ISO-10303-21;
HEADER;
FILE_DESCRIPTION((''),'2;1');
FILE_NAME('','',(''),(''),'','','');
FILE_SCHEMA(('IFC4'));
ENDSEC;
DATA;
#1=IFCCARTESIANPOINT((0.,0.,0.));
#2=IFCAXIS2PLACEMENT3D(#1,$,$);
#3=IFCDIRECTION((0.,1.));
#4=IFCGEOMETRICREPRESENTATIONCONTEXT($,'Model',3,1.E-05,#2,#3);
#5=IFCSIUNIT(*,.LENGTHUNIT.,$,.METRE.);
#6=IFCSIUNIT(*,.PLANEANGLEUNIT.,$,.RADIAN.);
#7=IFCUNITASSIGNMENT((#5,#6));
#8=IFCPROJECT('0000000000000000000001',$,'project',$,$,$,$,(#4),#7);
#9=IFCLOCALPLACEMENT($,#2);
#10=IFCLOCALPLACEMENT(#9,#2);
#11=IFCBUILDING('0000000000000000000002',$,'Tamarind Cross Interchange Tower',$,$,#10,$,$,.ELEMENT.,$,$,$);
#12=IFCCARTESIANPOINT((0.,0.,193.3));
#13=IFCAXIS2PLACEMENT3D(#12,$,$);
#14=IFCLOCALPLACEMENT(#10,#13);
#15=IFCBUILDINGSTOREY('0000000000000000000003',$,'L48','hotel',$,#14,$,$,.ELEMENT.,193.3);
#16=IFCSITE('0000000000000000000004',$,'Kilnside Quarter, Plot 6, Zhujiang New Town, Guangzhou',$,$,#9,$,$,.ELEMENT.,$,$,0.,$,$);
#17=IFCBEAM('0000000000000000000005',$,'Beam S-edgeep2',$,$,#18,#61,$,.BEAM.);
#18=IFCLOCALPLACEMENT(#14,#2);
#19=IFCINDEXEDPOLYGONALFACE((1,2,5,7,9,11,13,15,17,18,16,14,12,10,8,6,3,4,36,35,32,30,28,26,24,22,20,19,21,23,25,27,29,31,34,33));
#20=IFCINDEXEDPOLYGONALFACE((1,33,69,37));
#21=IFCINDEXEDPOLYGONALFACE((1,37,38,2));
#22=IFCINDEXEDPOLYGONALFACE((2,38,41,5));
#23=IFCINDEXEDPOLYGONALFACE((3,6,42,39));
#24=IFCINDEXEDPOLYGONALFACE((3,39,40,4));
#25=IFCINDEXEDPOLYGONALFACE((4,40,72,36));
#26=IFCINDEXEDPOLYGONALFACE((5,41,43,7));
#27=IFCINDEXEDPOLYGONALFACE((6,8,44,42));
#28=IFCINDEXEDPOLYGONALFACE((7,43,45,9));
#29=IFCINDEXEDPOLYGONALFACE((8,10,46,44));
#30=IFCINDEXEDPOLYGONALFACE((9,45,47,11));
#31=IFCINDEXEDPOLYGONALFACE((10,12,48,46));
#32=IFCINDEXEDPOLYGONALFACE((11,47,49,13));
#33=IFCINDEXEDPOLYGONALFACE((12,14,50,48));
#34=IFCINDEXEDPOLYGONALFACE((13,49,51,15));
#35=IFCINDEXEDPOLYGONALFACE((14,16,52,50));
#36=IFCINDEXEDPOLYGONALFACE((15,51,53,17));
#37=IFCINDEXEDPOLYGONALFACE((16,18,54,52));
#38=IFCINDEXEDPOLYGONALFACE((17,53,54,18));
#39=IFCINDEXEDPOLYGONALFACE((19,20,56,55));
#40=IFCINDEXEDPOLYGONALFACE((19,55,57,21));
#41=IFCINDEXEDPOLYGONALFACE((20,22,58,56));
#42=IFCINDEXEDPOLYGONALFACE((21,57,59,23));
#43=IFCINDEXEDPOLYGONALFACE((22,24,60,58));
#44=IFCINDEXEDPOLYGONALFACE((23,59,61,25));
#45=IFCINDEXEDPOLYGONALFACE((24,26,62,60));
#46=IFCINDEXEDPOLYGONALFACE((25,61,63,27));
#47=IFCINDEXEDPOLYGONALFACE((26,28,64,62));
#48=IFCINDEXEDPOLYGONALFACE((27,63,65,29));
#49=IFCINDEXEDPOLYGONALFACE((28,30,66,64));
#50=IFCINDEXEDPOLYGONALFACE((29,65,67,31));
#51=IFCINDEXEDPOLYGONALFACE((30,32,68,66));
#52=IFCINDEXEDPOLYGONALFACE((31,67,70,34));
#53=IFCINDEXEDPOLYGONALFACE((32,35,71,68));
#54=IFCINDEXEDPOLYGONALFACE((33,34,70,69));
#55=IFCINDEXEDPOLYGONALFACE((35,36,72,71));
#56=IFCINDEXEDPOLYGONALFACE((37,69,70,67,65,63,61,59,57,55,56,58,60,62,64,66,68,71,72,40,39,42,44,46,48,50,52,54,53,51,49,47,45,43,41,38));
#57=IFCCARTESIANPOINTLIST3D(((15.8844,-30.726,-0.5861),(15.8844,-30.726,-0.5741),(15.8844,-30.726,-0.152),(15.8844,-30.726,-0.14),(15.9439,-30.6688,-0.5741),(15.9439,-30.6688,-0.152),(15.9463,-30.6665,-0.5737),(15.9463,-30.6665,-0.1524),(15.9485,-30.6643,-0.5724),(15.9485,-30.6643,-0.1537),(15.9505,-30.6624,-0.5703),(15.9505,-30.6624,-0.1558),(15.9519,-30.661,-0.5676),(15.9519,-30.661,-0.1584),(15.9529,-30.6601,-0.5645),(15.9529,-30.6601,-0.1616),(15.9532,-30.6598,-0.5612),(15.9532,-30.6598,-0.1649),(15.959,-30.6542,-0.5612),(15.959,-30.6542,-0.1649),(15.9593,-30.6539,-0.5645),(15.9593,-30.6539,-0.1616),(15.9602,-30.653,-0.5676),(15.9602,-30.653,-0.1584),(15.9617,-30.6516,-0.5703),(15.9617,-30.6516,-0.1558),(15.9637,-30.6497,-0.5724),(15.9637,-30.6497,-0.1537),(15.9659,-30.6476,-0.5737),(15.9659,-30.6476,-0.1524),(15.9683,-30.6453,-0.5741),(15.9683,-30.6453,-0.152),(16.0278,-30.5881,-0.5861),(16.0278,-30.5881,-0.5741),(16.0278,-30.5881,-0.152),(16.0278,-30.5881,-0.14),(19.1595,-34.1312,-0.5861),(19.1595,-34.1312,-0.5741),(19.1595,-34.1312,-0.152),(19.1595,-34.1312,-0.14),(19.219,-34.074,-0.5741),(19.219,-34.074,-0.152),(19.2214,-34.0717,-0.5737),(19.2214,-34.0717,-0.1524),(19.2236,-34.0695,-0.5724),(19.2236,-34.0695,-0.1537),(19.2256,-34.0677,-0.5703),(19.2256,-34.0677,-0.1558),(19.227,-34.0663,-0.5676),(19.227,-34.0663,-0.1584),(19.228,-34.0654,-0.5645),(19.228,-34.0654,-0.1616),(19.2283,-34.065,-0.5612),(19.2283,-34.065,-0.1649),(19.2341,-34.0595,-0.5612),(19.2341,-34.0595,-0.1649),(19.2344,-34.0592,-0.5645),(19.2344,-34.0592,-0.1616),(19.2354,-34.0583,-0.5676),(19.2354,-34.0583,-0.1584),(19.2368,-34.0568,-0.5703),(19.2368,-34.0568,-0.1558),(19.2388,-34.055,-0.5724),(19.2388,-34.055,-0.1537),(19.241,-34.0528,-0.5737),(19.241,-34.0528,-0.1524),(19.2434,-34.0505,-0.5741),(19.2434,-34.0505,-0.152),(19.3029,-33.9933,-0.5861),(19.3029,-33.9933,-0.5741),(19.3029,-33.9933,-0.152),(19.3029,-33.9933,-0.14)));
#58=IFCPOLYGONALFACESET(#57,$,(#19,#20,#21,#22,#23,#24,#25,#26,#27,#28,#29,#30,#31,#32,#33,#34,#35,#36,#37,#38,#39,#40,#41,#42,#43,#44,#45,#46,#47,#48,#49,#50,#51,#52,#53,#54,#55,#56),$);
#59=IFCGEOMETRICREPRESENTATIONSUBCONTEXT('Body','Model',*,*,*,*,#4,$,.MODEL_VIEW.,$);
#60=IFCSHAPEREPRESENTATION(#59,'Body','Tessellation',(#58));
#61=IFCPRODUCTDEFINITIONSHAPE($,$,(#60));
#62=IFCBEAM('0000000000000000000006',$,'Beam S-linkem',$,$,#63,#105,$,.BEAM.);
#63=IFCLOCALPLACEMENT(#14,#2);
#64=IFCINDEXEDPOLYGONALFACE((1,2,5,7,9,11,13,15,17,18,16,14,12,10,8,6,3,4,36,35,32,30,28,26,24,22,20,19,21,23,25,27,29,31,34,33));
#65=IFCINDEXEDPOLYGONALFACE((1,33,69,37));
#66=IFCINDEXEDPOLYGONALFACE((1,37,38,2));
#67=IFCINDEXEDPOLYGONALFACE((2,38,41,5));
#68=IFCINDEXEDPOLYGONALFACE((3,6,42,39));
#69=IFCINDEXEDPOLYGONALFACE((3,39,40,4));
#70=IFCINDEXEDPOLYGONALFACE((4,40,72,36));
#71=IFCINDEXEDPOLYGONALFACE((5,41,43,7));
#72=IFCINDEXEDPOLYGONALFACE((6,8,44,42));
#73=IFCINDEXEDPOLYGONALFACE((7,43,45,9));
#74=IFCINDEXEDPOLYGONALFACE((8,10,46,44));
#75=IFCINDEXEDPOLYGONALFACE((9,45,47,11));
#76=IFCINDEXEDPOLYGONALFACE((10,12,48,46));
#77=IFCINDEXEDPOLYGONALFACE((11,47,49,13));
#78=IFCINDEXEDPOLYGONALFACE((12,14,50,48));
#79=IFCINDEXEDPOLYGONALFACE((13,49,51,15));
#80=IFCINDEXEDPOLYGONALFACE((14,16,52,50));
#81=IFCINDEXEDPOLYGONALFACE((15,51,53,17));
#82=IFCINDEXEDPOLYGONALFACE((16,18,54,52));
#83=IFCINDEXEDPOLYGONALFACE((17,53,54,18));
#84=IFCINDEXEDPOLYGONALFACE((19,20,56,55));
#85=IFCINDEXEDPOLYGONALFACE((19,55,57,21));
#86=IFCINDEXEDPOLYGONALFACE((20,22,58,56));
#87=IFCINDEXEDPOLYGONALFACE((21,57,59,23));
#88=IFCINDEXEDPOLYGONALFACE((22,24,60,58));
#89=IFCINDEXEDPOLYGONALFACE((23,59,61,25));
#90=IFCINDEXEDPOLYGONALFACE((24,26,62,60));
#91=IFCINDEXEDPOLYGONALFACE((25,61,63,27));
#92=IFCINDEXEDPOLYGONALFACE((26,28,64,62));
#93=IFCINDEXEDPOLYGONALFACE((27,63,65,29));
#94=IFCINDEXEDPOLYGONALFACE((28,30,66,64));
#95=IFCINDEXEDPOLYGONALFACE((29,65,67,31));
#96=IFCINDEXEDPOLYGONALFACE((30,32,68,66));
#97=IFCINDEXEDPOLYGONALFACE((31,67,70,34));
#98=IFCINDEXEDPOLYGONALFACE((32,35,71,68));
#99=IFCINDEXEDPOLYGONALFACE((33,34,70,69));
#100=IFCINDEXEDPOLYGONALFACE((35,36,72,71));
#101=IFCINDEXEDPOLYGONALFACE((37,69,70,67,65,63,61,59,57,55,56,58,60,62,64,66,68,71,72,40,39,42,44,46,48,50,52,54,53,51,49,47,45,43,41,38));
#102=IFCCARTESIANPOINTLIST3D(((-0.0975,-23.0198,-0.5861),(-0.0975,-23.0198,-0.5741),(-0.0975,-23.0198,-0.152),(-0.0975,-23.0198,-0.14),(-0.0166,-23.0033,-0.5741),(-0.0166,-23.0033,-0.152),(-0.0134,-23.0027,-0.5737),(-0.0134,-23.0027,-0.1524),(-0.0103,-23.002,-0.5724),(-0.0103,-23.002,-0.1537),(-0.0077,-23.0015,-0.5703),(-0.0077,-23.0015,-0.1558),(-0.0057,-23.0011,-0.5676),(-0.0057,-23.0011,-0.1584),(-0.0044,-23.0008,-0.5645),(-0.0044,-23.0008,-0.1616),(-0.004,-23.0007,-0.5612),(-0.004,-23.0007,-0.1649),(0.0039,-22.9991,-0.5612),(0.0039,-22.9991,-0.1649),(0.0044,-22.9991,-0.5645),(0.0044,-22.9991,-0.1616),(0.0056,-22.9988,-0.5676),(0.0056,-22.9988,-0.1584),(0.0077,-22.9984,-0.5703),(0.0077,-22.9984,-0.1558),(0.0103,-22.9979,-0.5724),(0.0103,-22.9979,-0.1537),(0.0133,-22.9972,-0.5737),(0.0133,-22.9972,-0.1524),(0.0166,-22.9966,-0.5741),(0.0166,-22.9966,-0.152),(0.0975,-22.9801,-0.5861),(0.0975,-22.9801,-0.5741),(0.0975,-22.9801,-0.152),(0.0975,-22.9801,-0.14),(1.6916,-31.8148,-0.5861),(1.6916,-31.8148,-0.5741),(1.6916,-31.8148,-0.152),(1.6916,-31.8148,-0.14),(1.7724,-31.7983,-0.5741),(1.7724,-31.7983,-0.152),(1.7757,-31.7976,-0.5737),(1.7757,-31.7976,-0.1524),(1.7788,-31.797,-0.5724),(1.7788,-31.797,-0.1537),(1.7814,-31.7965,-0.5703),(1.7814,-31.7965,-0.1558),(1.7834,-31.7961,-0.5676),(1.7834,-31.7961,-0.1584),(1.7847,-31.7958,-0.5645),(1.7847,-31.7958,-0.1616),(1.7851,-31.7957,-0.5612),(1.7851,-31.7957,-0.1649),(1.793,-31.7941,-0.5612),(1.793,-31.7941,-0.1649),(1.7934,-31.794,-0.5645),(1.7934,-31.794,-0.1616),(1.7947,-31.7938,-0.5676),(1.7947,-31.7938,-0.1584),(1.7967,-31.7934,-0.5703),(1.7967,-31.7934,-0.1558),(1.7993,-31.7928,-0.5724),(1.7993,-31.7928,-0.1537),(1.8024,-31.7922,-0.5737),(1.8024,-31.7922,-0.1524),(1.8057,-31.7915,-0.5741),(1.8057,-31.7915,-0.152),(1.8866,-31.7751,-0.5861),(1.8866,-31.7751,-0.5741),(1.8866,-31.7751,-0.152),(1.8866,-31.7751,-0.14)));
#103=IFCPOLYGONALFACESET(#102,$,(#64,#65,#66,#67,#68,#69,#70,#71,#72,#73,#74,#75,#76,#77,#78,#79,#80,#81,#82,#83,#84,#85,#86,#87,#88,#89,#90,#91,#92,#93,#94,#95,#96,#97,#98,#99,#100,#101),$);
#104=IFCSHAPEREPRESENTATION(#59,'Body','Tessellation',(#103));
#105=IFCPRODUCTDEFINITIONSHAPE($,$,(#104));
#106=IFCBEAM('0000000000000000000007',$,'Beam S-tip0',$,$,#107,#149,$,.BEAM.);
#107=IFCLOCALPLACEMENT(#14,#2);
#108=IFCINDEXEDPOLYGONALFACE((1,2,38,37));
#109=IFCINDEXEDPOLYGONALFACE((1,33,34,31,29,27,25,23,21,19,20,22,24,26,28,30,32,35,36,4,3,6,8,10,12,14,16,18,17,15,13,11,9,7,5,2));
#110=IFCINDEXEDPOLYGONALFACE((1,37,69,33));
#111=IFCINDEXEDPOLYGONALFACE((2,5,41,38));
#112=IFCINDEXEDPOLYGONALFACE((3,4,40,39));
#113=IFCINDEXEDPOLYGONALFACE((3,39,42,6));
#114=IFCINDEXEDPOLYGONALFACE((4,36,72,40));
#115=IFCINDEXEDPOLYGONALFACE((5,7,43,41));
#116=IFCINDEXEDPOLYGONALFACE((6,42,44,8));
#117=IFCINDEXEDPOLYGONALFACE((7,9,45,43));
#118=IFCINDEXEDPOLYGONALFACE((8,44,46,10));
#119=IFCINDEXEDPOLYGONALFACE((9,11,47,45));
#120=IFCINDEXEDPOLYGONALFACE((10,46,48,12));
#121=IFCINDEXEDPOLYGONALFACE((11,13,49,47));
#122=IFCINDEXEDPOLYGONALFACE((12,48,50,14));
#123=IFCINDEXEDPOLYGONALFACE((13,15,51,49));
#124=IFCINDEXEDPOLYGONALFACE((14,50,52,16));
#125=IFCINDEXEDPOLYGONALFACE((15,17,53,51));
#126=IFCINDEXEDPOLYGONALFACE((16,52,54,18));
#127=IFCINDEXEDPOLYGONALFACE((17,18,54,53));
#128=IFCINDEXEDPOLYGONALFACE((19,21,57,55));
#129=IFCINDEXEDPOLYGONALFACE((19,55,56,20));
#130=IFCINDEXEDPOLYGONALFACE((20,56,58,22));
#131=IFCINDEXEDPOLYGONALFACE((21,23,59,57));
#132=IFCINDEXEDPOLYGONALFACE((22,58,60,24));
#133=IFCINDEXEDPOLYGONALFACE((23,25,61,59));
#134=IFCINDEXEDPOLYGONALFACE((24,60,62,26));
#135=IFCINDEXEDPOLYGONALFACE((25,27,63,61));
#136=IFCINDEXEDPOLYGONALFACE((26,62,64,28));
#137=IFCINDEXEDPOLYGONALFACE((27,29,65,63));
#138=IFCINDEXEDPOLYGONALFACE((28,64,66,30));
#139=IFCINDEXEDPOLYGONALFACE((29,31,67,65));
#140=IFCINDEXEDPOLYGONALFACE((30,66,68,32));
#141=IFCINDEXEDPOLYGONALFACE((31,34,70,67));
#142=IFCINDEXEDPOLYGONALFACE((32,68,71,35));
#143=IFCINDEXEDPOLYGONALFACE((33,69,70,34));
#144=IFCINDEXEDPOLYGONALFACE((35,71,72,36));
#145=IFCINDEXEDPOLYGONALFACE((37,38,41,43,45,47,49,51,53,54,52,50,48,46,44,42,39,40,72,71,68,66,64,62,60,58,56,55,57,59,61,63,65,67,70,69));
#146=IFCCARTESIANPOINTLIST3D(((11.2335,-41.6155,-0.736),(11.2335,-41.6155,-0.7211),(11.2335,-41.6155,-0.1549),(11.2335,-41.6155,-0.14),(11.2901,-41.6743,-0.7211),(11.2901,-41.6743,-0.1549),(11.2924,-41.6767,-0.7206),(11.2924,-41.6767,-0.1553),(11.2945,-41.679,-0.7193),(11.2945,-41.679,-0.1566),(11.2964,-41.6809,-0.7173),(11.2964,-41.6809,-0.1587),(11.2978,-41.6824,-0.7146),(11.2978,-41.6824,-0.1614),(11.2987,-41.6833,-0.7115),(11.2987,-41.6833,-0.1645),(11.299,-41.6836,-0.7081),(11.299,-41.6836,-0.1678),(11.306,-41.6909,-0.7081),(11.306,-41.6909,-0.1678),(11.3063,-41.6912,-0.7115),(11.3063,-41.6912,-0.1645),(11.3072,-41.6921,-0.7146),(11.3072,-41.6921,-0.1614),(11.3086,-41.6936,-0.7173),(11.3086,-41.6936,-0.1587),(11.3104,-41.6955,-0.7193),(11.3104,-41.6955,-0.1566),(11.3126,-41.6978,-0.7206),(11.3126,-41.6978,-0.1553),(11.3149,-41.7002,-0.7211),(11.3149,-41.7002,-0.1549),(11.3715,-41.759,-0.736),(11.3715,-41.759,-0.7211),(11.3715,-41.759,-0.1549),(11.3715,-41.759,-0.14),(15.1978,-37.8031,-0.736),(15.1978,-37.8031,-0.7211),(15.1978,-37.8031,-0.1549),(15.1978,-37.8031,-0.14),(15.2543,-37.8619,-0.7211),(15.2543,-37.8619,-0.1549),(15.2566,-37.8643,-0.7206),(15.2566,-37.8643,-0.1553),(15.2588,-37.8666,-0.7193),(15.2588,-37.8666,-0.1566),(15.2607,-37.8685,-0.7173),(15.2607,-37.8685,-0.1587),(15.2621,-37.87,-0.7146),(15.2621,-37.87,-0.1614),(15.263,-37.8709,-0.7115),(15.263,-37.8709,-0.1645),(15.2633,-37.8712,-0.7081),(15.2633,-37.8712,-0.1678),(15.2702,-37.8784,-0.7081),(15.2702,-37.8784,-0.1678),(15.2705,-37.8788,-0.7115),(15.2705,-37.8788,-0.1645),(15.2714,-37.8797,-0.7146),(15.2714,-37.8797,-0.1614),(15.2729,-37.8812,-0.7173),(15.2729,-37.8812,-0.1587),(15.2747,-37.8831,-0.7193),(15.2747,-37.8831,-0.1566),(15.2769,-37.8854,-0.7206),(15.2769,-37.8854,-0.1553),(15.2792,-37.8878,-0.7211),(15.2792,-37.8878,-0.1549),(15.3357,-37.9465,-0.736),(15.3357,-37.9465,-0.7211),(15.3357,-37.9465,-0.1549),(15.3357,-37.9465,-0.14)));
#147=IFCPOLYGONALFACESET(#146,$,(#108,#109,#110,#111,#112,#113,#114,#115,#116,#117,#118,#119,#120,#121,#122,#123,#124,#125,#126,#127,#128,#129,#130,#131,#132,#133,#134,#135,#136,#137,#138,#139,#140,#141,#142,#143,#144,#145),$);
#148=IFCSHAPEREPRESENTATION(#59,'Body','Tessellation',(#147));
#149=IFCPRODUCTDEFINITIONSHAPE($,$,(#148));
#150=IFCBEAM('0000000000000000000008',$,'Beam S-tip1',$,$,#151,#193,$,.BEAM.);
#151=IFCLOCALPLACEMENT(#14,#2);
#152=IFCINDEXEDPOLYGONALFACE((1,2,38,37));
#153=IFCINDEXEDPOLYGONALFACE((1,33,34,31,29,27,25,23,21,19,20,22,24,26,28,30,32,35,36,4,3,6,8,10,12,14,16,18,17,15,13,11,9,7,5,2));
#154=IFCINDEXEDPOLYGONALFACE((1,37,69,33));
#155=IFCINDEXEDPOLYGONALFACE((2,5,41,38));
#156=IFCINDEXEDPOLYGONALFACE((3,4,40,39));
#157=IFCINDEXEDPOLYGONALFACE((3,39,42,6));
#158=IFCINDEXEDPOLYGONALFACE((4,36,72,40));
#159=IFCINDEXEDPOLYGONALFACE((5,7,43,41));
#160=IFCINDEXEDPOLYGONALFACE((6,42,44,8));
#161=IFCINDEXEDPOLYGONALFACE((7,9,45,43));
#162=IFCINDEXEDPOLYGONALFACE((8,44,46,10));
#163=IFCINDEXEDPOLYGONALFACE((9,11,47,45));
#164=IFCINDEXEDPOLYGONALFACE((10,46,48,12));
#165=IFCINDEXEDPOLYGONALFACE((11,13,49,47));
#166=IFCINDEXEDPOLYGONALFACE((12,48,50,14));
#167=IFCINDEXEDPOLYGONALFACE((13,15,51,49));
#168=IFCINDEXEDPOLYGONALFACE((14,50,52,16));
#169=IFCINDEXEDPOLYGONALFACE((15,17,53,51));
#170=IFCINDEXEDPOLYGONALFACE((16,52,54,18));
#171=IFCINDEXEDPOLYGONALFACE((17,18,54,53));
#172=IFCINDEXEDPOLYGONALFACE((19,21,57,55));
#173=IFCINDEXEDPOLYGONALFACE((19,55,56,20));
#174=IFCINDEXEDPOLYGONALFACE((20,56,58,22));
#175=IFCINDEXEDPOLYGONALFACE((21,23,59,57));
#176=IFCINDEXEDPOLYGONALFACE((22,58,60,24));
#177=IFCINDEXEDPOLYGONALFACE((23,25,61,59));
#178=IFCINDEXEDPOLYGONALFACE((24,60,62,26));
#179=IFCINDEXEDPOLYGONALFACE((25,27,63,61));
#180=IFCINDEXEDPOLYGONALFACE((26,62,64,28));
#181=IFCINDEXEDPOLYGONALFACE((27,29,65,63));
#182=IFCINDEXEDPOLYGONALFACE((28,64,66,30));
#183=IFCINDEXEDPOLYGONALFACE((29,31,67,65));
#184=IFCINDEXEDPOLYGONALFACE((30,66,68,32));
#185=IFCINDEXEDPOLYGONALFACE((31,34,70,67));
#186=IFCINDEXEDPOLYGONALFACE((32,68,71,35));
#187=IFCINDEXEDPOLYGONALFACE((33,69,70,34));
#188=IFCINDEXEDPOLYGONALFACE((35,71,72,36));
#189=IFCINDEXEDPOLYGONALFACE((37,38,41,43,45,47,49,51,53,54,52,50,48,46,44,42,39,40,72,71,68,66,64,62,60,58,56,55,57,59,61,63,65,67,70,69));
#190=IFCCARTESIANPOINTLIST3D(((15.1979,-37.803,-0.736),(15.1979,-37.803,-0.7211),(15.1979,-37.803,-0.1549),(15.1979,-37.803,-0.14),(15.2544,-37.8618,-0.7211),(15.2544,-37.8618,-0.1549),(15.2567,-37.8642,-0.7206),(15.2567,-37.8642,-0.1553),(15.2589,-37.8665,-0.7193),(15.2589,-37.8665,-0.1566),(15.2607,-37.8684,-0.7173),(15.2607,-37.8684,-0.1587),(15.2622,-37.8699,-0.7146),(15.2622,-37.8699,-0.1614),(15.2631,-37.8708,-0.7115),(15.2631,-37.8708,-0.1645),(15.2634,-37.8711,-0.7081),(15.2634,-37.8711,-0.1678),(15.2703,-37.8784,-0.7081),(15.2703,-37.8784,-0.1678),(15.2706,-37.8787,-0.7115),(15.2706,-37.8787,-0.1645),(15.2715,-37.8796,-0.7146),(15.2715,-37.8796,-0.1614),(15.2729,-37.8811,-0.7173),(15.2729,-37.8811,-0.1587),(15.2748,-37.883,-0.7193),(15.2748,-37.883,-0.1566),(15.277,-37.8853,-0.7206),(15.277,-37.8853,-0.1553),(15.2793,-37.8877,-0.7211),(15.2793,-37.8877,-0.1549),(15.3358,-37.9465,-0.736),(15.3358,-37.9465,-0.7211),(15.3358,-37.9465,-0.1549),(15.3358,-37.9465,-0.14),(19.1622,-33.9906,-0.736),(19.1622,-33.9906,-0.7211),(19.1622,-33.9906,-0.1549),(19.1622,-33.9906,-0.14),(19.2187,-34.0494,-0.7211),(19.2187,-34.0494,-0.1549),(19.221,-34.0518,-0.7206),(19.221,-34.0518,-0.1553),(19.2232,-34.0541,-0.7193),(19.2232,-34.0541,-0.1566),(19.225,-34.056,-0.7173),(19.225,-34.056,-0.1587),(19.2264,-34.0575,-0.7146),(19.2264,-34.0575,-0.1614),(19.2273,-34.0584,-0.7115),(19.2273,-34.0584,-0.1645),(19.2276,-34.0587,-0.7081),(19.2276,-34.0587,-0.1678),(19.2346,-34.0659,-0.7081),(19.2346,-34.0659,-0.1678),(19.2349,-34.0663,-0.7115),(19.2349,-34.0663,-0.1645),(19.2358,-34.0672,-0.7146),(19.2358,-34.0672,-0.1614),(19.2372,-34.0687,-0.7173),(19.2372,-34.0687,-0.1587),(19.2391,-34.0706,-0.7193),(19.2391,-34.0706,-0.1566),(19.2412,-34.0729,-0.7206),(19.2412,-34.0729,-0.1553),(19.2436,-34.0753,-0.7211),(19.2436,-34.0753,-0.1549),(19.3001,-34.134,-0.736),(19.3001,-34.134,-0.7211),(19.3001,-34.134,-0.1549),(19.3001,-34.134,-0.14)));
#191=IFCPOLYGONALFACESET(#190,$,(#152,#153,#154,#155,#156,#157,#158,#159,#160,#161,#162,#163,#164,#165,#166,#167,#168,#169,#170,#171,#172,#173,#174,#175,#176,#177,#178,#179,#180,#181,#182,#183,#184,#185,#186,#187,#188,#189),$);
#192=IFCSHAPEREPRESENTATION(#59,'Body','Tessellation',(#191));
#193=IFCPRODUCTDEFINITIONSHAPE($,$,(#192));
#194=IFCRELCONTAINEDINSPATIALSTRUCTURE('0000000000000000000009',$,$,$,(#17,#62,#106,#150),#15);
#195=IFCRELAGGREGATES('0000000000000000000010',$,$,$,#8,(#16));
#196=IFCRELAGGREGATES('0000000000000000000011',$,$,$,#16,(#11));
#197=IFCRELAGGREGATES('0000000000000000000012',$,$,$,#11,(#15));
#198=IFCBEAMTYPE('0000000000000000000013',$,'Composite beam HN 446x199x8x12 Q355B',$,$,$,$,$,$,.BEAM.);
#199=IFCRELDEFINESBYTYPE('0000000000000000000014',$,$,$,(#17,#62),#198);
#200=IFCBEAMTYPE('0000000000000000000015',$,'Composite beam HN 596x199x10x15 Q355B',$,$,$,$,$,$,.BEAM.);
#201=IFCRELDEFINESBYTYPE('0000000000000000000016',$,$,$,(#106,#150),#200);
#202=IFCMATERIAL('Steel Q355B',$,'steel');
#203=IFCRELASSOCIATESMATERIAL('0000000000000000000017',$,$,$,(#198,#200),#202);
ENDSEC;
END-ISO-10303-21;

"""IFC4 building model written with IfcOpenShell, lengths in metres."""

from ifc_helpers import new_model, si_unit, direction, frame, origin, origin_2d, place, context, subcontext, project, spatial, i_section, extrude, material, material_profile, profile_set, type_object, element, save


model = new_model("IFC4")

# Units and contexts
model_context = context("Model", 3, precision=1e-05, world=origin(), true_north=direction((0.0, 1.0)))
body_context = subcontext(model_context, "Body", "Model", "MODEL_VIEW")
ifc_project = project(units=[si_unit("LENGTHUNIT", "METRE"), si_unit("PLANEANGLEUNIT", "RADIAN")], contexts=[model_context])

# Site, building, storey
site_placement = place(None, origin())
site = spatial("IfcSite", under=ifc_project, at=site_placement, Name="Kilnside Quarter, Plot 6, Zhujiang New Town, Guangzhou", CompositionType="ELEMENT", RefElevation=0.0)
building_placement = place(site_placement, origin())
building = spatial("IfcBuilding", under=site, at=building_placement, Name="Tamarind Cross Interchange Tower", CompositionType="ELEMENT")
storey_placement = place(building_placement, frame((0.0, 0.0, 193.3)))
storey = spatial("IfcBuildingStorey", under=building, at=storey_placement, Name="L48", Description="hotel", CompositionType="ELEMENT", Elevation=193.3)

# Beams
ifc_material_1 = material(Name="Steel Q355B", Category="steel")
ifc_material_profile_1 = material_profile(ifc_material_1, i_section(OverallWidth=0.199, OverallDepth=0.446, WebThickness=0.0081, FlangeThickness=0.012, FilletRadius=0.0129, at=origin_2d()), Name="HN 446x199x8x12")
ifc_profile_set_1 = profile_set([ifc_material_profile_1], Name="Steel Q355B")
beam_type_1 = type_object("IfcBeamType", Name="Composite beam HN 446x199x8x12 Q355B", PredefinedType="BEAM", material=ifc_profile_set_1)
beam_1_placement = place(storey_placement, frame((19.2312, -34.0623, -0.363), z_axis=(-0.693202, 0.720744, 0.0), x_axis=(-0.720744, -0.693202, 0.0)))
element("IfcBeam", 1, at=beam_1_placement, inside=storey, type_object=beam_type_1, Name="Beam S-edgeep2", PredefinedType="BEAM", context=body_context, shape_type="SweptSolid", body=[
    extrude(i_section(OverallWidth=0.199, OverallDepth=0.446, WebThickness=0.0081, FlangeThickness=0.012, FilletRadius=0.0129, at=origin_2d()), origin(), (0.0, 0.0, 1.0), 4.7246),
])
beam_2_placement = place(storey_placement, frame((1.7891, -31.7949, -0.363), z_axis=(-0.199337, 0.979931, 0.0), x_axis=(-0.979931, -0.199337, 0.0)))
element("IfcBeam", 2, at=beam_2_placement, inside=storey, type_object=beam_type_1, Name="Beam S-linkem", PredefinedType="BEAM", context=body_context, shape_type="SweptSolid", body=[
    extrude(i_section(OverallWidth=0.199, OverallDepth=0.446, WebThickness=0.0081, FlangeThickness=0.012, FilletRadius=0.0129, at=origin_2d()), origin(), (0.0, 0.0, 1.0), 8.9751),
])
ifc_material_profile_2 = material_profile(ifc_material_1, i_section(OverallWidth=0.199, OverallDepth=0.5959, WebThickness=0.01, FlangeThickness=0.0149, FilletRadius=0.0129, at=origin_2d()), Name="HN 596x199x10x15")
ifc_profile_set_2 = profile_set([ifc_material_profile_2], Name="Steel Q355B")
beam_type_2 = type_object("IfcBeamType", Name="Composite beam HN 596x199x10x15 Q355B", PredefinedType="BEAM", material=ifc_profile_set_2)
for number, where, z_axis, x_axis, name in (
    (3, (11.3025, -41.6873, -0.438), (0.720777, 0.693167, 0.0), (-0.693167, 0.720777, 0.0), "Beam S-tip0"),
    (4, (15.2668, -37.8748, -0.438), (0.720777, 0.693167, 0.0), (-0.693167, 0.720777, 0.0), "Beam S-tip1"),
):
    element("IfcBeam", number, at=place(storey_placement, frame(where, z_axis=z_axis, x_axis=x_axis)), inside=storey, type_object=beam_type_2, Name=name, PredefinedType="BEAM", context=body_context, shape_type="SweptSolid", body=[
        extrude(i_section(OverallWidth=0.199, OverallDepth=0.5959, WebThickness=0.01, FlangeThickness=0.0149, FilletRadius=0.0129, at=origin_2d()), origin(), (0.0, 0.0, 1.0), 5.5),
    ])

save(model, "model.ifc")
